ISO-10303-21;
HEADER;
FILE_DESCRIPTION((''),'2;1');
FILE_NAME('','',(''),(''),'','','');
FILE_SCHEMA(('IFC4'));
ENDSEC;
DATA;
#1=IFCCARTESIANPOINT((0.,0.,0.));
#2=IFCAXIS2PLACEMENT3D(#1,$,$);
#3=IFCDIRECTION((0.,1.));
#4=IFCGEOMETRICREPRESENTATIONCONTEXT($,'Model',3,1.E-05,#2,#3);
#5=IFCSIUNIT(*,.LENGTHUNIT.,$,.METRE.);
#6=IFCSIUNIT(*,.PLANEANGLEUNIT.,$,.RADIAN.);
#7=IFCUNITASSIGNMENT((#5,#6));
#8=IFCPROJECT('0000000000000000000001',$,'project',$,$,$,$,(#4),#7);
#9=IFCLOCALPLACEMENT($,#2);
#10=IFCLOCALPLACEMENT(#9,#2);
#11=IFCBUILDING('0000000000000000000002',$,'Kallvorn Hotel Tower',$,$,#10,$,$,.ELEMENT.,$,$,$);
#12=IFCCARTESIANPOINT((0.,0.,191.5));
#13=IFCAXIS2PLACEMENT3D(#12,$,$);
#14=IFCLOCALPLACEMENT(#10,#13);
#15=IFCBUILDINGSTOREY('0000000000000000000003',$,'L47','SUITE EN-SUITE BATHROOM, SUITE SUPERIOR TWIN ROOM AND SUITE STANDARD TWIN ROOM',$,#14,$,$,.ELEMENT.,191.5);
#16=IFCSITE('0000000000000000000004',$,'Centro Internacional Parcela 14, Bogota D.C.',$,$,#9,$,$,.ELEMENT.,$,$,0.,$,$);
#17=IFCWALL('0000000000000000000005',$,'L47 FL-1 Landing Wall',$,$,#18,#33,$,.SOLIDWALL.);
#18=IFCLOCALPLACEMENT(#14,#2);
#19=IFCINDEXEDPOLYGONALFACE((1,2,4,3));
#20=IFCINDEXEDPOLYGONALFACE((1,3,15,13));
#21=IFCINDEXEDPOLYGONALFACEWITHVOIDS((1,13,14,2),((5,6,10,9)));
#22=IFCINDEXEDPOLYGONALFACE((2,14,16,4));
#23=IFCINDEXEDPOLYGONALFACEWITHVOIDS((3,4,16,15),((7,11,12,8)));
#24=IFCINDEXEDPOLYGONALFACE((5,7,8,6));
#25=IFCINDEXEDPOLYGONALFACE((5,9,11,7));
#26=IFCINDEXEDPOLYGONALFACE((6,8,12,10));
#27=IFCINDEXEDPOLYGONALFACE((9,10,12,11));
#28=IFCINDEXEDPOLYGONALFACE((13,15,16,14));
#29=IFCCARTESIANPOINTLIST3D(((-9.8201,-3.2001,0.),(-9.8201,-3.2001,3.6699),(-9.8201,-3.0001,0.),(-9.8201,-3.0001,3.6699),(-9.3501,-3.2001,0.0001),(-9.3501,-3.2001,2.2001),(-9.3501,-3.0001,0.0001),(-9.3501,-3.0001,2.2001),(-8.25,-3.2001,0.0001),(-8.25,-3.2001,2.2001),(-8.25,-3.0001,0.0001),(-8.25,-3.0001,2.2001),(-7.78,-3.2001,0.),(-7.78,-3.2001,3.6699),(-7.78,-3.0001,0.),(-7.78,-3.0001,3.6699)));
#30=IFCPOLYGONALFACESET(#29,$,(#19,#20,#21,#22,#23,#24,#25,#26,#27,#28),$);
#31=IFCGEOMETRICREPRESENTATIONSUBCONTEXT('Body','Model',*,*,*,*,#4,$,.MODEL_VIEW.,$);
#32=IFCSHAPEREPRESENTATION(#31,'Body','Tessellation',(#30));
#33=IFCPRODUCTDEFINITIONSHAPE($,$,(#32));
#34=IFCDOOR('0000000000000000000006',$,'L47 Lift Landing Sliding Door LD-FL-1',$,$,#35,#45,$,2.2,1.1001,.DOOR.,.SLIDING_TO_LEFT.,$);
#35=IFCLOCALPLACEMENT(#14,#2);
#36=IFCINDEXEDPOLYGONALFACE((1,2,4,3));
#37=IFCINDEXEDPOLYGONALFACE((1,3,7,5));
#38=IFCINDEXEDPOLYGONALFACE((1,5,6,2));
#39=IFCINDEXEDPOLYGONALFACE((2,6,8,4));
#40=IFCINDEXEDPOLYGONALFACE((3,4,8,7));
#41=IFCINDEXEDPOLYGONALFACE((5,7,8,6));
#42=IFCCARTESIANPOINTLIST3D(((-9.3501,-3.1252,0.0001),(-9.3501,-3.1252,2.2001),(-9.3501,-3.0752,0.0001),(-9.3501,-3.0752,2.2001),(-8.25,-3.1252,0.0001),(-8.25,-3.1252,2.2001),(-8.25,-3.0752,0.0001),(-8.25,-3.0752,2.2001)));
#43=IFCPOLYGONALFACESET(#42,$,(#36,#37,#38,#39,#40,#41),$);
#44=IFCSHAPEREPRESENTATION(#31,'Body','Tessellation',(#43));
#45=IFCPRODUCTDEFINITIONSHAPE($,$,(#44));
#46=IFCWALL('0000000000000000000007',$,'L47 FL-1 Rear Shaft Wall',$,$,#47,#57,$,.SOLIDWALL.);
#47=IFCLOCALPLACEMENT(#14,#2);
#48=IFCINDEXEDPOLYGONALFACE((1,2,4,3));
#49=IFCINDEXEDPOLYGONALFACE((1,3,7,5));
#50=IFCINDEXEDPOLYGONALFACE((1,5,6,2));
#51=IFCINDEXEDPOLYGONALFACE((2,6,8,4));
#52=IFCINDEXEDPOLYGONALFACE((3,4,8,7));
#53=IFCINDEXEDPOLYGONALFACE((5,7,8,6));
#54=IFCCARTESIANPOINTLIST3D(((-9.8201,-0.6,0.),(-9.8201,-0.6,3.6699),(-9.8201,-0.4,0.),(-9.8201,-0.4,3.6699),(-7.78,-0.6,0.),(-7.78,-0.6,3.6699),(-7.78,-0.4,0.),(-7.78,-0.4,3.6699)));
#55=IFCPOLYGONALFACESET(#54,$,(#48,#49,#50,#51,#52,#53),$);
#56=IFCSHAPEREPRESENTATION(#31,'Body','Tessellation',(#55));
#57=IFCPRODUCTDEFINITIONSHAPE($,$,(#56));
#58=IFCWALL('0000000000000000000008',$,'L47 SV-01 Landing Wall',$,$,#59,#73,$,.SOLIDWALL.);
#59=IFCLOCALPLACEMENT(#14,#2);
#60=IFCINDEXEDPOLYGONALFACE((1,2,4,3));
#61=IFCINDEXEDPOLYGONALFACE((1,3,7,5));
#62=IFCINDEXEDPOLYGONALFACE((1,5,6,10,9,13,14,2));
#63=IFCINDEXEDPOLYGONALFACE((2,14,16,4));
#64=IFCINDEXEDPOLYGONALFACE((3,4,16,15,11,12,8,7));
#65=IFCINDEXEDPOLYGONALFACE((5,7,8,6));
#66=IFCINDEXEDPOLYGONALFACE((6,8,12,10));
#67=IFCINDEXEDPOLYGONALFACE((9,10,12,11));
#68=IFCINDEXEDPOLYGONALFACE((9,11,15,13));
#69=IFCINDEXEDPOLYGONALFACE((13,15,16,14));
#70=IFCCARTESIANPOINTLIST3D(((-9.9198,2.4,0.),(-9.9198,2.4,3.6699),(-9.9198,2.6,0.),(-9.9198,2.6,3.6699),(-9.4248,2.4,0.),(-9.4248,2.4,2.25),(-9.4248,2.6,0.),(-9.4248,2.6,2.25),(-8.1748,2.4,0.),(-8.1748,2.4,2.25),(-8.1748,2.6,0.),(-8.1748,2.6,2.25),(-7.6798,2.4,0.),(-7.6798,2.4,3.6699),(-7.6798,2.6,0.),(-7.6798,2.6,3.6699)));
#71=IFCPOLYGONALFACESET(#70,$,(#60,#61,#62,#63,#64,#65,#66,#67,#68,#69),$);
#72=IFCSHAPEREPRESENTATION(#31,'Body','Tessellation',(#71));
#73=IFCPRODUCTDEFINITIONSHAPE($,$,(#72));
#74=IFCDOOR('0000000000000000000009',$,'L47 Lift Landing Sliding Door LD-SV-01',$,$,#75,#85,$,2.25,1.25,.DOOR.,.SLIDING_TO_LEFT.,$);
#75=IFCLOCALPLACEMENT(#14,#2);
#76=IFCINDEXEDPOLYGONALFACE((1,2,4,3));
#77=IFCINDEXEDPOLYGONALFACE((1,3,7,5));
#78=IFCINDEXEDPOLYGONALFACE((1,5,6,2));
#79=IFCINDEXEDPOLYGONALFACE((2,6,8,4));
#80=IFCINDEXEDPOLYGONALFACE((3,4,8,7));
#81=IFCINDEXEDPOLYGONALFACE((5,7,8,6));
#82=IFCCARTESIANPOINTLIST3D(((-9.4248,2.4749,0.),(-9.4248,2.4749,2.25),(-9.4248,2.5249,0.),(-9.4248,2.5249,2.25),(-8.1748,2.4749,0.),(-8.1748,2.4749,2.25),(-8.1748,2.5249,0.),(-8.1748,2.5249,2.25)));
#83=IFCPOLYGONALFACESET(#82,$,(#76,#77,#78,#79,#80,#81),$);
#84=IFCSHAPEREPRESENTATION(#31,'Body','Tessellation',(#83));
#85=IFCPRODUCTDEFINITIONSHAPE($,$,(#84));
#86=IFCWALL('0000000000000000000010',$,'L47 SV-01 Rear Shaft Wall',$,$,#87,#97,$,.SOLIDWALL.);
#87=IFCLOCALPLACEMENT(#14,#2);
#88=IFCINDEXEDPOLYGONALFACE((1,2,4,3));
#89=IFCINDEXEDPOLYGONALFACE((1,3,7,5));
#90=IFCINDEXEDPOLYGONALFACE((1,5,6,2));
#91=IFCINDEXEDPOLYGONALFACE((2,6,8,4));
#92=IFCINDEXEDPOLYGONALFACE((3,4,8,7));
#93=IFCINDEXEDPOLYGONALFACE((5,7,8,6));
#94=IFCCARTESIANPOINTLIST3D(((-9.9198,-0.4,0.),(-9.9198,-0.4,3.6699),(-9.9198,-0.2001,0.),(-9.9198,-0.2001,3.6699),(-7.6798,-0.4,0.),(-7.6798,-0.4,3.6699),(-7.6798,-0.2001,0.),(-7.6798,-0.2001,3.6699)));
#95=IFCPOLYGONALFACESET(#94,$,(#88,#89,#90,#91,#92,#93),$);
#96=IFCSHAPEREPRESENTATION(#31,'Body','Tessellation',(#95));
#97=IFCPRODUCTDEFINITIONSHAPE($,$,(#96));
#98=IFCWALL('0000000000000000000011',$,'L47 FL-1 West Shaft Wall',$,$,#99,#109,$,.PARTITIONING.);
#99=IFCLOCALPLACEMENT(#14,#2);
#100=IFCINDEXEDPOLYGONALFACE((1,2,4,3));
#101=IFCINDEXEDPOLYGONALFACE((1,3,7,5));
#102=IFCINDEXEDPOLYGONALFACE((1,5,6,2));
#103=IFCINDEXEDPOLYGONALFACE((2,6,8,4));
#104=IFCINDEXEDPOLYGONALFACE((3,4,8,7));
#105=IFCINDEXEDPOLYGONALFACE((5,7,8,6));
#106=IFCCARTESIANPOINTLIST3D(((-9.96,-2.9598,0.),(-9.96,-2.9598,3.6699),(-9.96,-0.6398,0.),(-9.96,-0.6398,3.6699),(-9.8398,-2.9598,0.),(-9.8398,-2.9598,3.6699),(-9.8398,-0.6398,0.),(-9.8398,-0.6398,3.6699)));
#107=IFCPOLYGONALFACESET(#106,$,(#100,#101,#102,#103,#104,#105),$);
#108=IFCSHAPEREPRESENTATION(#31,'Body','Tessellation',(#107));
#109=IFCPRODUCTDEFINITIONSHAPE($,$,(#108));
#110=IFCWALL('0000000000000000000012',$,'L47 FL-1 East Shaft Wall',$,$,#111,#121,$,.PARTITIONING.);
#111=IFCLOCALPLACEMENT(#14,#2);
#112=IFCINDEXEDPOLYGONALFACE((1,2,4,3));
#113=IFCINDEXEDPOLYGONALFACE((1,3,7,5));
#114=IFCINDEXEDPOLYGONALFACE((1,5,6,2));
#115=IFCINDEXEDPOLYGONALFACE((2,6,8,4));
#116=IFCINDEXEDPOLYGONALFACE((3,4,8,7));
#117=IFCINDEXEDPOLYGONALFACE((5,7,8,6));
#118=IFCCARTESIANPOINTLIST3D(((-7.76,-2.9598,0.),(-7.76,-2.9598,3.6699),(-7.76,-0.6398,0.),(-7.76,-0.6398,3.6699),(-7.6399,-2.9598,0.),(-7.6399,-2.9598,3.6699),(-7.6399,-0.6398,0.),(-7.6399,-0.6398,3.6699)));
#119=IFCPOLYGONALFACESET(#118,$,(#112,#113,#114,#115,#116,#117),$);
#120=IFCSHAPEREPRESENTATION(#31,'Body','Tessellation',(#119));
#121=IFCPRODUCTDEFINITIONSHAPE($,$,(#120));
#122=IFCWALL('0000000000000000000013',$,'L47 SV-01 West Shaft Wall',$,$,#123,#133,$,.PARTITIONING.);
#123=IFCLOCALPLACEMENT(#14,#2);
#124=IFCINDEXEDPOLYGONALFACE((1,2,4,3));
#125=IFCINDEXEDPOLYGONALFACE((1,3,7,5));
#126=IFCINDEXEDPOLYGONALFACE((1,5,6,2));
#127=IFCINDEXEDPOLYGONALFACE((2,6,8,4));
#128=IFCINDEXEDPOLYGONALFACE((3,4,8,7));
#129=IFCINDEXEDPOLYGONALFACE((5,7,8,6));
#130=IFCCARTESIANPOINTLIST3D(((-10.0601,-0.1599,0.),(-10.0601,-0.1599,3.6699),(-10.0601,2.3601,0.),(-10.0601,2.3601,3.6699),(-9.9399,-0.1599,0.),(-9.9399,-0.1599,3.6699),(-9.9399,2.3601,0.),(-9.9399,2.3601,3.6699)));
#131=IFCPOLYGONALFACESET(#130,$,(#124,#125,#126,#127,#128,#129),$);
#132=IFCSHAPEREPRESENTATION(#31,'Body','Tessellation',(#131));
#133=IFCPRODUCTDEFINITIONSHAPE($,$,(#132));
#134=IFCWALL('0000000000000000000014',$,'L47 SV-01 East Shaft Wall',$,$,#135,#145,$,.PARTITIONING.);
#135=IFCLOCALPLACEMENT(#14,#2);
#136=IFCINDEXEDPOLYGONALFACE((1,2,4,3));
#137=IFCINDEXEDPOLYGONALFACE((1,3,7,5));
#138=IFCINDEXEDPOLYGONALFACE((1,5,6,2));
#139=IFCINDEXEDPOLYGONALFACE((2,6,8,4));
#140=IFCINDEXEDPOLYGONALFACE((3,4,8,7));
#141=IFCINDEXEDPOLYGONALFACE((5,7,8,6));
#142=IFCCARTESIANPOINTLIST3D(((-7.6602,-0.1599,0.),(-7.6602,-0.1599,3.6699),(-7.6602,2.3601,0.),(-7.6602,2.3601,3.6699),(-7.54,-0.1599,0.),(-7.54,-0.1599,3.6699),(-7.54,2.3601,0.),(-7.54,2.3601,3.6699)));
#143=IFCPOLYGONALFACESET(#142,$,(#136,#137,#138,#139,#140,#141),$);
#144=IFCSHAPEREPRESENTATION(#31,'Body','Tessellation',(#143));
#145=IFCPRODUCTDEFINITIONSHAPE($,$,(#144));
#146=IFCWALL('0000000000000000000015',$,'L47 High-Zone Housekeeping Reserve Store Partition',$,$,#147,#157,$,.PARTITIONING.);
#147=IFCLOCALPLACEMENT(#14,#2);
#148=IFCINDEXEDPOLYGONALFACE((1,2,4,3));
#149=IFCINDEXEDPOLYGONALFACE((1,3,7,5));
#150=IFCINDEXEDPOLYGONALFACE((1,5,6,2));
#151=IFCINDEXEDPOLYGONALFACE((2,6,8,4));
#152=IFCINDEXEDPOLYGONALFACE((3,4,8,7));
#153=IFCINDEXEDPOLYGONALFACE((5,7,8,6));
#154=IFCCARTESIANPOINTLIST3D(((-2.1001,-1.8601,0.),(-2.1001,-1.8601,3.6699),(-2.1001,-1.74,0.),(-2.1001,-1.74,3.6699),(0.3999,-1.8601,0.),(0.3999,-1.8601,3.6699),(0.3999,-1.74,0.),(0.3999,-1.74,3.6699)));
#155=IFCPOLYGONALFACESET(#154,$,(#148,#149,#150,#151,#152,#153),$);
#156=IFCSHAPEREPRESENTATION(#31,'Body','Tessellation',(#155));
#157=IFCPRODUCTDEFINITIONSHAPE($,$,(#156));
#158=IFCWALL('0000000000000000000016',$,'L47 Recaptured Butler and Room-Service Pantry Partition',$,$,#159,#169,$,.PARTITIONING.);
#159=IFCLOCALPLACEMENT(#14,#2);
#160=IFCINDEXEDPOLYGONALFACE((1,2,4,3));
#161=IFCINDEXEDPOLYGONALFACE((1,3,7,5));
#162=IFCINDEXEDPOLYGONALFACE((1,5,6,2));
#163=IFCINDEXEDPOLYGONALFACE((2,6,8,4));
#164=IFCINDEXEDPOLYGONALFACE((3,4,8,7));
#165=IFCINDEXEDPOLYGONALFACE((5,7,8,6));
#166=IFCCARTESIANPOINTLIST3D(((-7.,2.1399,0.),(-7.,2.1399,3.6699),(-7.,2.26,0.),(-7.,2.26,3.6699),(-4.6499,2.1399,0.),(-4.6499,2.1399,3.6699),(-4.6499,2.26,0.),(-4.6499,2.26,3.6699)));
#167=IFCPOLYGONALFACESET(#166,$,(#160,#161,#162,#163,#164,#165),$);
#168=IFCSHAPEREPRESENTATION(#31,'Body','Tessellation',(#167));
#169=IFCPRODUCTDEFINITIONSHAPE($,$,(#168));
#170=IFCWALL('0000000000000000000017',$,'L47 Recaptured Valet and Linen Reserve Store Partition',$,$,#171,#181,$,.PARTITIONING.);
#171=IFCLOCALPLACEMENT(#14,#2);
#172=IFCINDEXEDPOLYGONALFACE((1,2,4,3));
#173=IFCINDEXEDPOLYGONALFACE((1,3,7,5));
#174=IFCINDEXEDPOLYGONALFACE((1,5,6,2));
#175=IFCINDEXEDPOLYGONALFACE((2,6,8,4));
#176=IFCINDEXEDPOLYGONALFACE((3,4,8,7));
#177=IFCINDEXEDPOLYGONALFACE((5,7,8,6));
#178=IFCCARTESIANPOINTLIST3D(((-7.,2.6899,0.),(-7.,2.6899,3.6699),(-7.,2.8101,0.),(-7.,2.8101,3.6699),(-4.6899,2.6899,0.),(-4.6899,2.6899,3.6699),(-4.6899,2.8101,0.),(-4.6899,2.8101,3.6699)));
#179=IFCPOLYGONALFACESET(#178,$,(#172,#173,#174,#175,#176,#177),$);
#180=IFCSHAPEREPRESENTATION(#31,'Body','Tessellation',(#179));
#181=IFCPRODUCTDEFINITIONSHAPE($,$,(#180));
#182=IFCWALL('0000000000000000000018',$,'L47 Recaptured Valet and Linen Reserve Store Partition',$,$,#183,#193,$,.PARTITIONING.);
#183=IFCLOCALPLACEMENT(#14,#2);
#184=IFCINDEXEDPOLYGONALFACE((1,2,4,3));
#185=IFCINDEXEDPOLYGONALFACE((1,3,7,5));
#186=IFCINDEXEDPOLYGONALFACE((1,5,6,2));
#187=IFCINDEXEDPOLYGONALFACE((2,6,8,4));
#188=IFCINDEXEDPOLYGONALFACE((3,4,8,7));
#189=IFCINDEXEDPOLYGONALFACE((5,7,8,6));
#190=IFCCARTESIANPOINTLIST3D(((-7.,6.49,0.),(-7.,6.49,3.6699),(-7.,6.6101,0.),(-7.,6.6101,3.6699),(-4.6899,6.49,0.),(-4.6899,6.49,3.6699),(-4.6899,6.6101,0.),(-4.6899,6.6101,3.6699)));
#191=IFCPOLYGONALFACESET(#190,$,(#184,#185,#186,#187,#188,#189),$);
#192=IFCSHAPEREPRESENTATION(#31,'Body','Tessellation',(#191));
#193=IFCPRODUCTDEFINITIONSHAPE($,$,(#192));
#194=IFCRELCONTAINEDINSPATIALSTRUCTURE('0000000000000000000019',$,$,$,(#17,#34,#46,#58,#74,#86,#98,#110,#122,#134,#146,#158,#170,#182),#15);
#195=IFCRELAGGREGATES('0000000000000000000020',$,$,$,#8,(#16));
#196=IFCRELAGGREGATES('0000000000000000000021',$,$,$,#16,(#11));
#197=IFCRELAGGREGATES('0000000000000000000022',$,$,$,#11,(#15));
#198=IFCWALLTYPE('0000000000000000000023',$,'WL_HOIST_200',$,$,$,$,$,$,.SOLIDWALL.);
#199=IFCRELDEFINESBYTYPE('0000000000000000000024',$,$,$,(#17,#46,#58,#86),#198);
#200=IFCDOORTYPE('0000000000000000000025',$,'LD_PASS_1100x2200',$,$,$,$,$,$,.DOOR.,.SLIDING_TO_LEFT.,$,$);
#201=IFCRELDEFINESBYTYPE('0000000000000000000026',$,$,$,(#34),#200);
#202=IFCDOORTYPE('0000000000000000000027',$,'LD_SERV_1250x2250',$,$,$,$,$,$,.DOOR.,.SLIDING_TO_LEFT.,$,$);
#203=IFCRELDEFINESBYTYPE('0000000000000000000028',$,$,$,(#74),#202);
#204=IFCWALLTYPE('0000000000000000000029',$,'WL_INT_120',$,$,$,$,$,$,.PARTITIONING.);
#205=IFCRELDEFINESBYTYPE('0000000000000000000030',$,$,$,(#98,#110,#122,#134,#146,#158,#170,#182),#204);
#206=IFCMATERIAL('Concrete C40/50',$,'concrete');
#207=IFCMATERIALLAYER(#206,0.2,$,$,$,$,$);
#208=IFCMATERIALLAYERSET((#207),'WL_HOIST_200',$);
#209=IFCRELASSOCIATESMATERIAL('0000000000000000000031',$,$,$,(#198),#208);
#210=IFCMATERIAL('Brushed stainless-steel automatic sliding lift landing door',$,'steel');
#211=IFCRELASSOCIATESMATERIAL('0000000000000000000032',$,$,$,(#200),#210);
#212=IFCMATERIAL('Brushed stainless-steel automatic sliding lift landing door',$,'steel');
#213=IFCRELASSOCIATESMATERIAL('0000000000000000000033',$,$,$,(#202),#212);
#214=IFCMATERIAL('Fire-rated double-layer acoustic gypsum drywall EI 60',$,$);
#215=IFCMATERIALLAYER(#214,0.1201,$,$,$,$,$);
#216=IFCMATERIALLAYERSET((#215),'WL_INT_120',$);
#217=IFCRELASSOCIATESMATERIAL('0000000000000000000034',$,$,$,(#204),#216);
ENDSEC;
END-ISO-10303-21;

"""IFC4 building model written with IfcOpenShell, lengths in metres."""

from ifc_helpers import new_model, si_unit, direction, frame, frame_2d, origin, place, context, subcontext, project, spatial, rectangle, extrude, material, layer, layer_set, type_object, element, fill, save


model = new_model("IFC4")

# Units and contexts
model_context = context("Model", 3, precision=1e-05, world=origin(), true_north=direction((0.0, 1.0)))
body_context = subcontext(model_context, "Body", "Model", "MODEL_VIEW")
ifc_project = project(units=[si_unit("LENGTHUNIT", "METRE"), si_unit("PLANEANGLEUNIT", "RADIAN")], contexts=[model_context])

# Site, building, storey
site_placement = place(None, origin())
site = spatial("IfcSite", under=ifc_project, at=site_placement, Name="Centro Internacional Parcela 14, Bogota D.C.", CompositionType="ELEMENT", RefElevation=0.0)
building_placement = place(site_placement, origin())
building = spatial("IfcBuilding", under=site, at=building_placement, Name="Kallvorn Hotel Tower", CompositionType="ELEMENT")
storey_placement = place(building_placement, frame((0.0, 0.0, 191.5)))
storey = spatial("IfcBuildingStorey", under=building, at=storey_placement, Name="L47", Description="SUITE EN-SUITE BATHROOM, SUITE SUPERIOR TWIN ROOM AND SUITE STANDARD TWIN ROOM", CompositionType="ELEMENT", Elevation=191.5)

# Shared definitions
ifc_material_1 = material(Name="Concrete C40/50", Category="concrete")
ifc_layer_1 = layer(ifc_material_1, 0.2)
ifc_layer_set_1 = layer_set([ifc_layer_1], Name="WL_HOIST_200")
wall_type_1 = type_object("IfcWallType", Name="WL_HOIST_200", PredefinedType="SOLIDWALL", material=ifc_layer_set_1)

# Wall, opening, door
wall_1_placement = place(storey_placement, frame((-9.8201, -3.1001, 0.0), z_axis=(0.0, 0.0, 1.0), x_axis=(1.0, 0.0, 0.0)))
wall_1 = element("IfcWall", 1, at=wall_1_placement, inside=storey, type_object=wall_type_1, Name="L47 FL-1 Landing Wall", PredefinedType="SOLIDWALL", context=body_context, shape_type="SweptSolid", body=[
    extrude(rectangle(XDim=2.04, YDim=0.2, at=frame_2d((1.02, 0.0))), origin(), (0.0, 0.0, 1.0), 3.6699),
])
opening_1_placement = place(wall_1_placement, frame((0.47, 0.0, 0.0)))
opening_1 = element("IfcOpeningElement", 2, at=opening_1_placement, cuts=wall_1, PredefinedType="OPENING", context=body_context, shape_type="SweptSolid", body=[
    extrude(rectangle(XDim=1.1001, YDim=2.2, at=frame_2d((0.55, 1.1001))), frame((0.0, 0.115, 0.0), z_axis=(0.0, -1.0, 0.0), x_axis=(1.0, 0.0, 0.0)), (0.0, 0.0, 1.0), 0.23),
])
ifc_material_2 = material(Name="Brushed stainless-steel automatic sliding lift landing door", Category="steel")
door_type_1 = type_object("IfcDoorType", Name="LD_PASS_1100x2200", OperationType="SLIDING_TO_LEFT", PredefinedType="DOOR", material=ifc_material_2)
door_1_placement = place(opening_1_placement, origin())
door_1 = element("IfcDoor", 3, at=door_1_placement, inside=storey, type_object=door_type_1, Name="L47 Lift Landing Sliding Door LD-FL-1", OperationType="SLIDING_TO_LEFT", OverallHeight=2.2, OverallWidth=1.1001, PredefinedType="DOOR", context=body_context, shape_type="SweptSolid", body=[
    extrude(rectangle(XDim=1.1001, YDim=2.2, at=frame_2d((0.55, 1.1001))), frame((0.0, 0.0249, 0.0), z_axis=(0.0, -1.0, 0.0), x_axis=(1.0, 0.0, 0.0)), (0.0, 0.0, 1.0), 0.05),
])
fill(opening_1, door_1)

# Wall
wall_2_placement = place(storey_placement, frame((-9.8201, -0.5, 0.0), z_axis=(0.0, 0.0, 1.0), x_axis=(1.0, 0.0, 0.0)))
element("IfcWall", 4, at=wall_2_placement, inside=storey, type_object=wall_type_1, Name="L47 FL-1 Rear Shaft Wall", PredefinedType="SOLIDWALL", context=body_context, shape_type="SweptSolid", body=[
    extrude(rectangle(XDim=2.04, YDim=0.2, at=frame_2d((1.02, 0.0))), origin(), (0.0, 0.0, 1.0), 3.6699),
])

# Wall, opening, door
wall_3_placement = place(storey_placement, frame((-9.9199, 2.5, 0.0), z_axis=(0.0, 0.0, 1.0), x_axis=(1.0, 0.0, 0.0)))
wall_3 = element("IfcWall", 5, at=wall_3_placement, inside=storey, type_object=wall_type_1, Name="L47 SV-01 Landing Wall", PredefinedType="SOLIDWALL", context=body_context, shape_type="SweptSolid", body=[
    extrude(rectangle(XDim=2.24, YDim=0.2, at=frame_2d((1.1201, 0.0))), origin(), (0.0, 0.0, 1.0), 3.6699),
])
opening_2_placement = place(wall_3_placement, frame((0.4951, 0.0, 0.0)))
opening_2 = element("IfcOpeningElement", 6, at=opening_2_placement, cuts=wall_3, PredefinedType="OPENING", context=body_context, shape_type="SweptSolid", body=[
    extrude(rectangle(XDim=1.25, YDim=2.25, at=frame_2d((0.625, 1.125))), frame((0.0, 0.115, 0.0), z_axis=(0.0, -1.0, 0.0), x_axis=(1.0, 0.0, 0.0)), (0.0, 0.0, 1.0), 0.23),
])
ifc_material_3 = material(Name="Brushed stainless-steel automatic sliding lift landing door", Category="steel")
door_type_2 = type_object("IfcDoorType", Name="LD_SERV_1250x2250", OperationType="SLIDING_TO_LEFT", PredefinedType="DOOR", material=ifc_material_3)
door_2_placement = place(opening_2_placement, origin())
door_2 = element("IfcDoor", 7, at=door_2_placement, inside=storey, type_object=door_type_2, Name="L47 Lift Landing Sliding Door LD-SV-01", OperationType="SLIDING_TO_LEFT", OverallHeight=2.25, OverallWidth=1.25, PredefinedType="DOOR", context=body_context, shape_type="SweptSolid", body=[
    extrude(rectangle(XDim=1.25, YDim=2.25, at=frame_2d((0.625, 1.125))), frame((0.0, 0.0249, 0.0), z_axis=(0.0, -1.0, 0.0), x_axis=(1.0, 0.0, 0.0)), (0.0, 0.0, 1.0), 0.05),
])
fill(opening_2, door_2)

# Walls
wall_4_placement = place(storey_placement, frame((-9.9199, -0.3, 0.0), z_axis=(0.0, 0.0, 1.0), x_axis=(1.0, 0.0, 0.0)))
element("IfcWall", 8, at=wall_4_placement, inside=storey, type_object=wall_type_1, Name="L47 SV-01 Rear Shaft Wall", PredefinedType="SOLIDWALL", context=body_context, shape_type="SweptSolid", body=[
    extrude(rectangle(XDim=2.24, YDim=0.2, at=frame_2d((1.1201, 0.0))), origin(), (0.0, 0.0, 1.0), 3.6699),
])
ifc_material_4 = material(Name="Fire-rated double-layer acoustic gypsum drywall EI 60")
ifc_layer_2 = layer(ifc_material_4, 0.1201)
ifc_layer_set_2 = layer_set([ifc_layer_2], Name="WL_INT_120")
wall_type_2 = type_object("IfcWallType", Name="WL_INT_120", PredefinedType="PARTITIONING", material=ifc_layer_set_2)
for number, where, z_axis, x_axis, name in (
    (9, (-9.8999, -2.96, 0.0), (0.0, 0.0, 1.0), (0.0, 1.0, 0.0), "L47 FL-1 West Shaft Wall"),
    (10, (-7.7, -2.96, 0.0), (0.0, 0.0, 1.0), (0.0, 1.0, 0.0), "L47 FL-1 East Shaft Wall"),
):
    element("IfcWall", number, at=place(storey_placement, frame(where, z_axis=z_axis, x_axis=x_axis)), inside=storey, type_object=wall_type_2, Name=name, PredefinedType="PARTITIONING", context=body_context, shape_type="SweptSolid", body=[
        extrude(rectangle(XDim=2.3201, YDim=0.1201, at=frame_2d((1.1602, 0.0))), origin(), (0.0, 0.0, 1.0), 3.6699),
    ])
for number, where, z_axis, x_axis, name in (
    (11, (-10.0, -0.1599, 0.0), (0.0, 0.0, 1.0), (0.0, 1.0, 0.0), "L47 SV-01 West Shaft Wall"),
    (12, (-7.6001, -0.1599, 0.0), (0.0, 0.0, 1.0), (0.0, 1.0, 0.0), "L47 SV-01 East Shaft Wall"),
):
    element("IfcWall", number, at=place(storey_placement, frame(where, z_axis=z_axis, x_axis=x_axis)), inside=storey, type_object=wall_type_2, Name=name, PredefinedType="PARTITIONING", context=body_context, shape_type="SweptSolid", body=[
        extrude(rectangle(XDim=2.52, YDim=0.1201, at=frame_2d((1.26, 0.0))), origin(), (0.0, 0.0, 1.0), 3.6699),
    ])
wall_5_placement = place(storey_placement, frame((-2.1001, -1.8, 0.0), z_axis=(0.0, 0.0, 1.0), x_axis=(1.0, 0.0, 0.0)))
element("IfcWall", 13, at=wall_5_placement, inside=storey, type_object=wall_type_2, Name="L47 High-Zone Housekeeping Reserve Store Partition", PredefinedType="PARTITIONING", context=body_context, shape_type="SweptSolid", body=[
    extrude(rectangle(XDim=2.5, YDim=0.1201, at=frame_2d((1.25, 0.0))), origin(), (0.0, 0.0, 1.0), 3.6699),
])
wall_6_placement = place(storey_placement, frame((-7.0, 2.2, 0.0), z_axis=(0.0, 0.0, 1.0), x_axis=(1.0, 0.0, 0.0)))
element("IfcWall", 14, at=wall_6_placement, inside=storey, type_object=wall_type_2, Name="L47 Recaptured Butler and Room-Service Pantry Partition", PredefinedType="PARTITIONING", context=body_context, shape_type="SweptSolid", body=[
    extrude(rectangle(XDim=2.3501, YDim=0.1201, at=frame_2d((1.175, 0.0))), origin(), (0.0, 0.0, 1.0), 3.6699),
])
for number, where, z_axis, x_axis, name in (
    (15, (-7.0, 2.75, 0.0), (0.0, 0.0, 1.0), (1.0, 0.0, 0.0), "L47 Recaptured Valet and Linen Reserve Store Partition"),
    (16, (-7.0, 6.55, 0.0), (0.0, 0.0, 1.0), (1.0, 0.0, 0.0), "L47 Recaptured Valet and Linen Reserve Store Partition"),
):
    element("IfcWall", number, at=place(storey_placement, frame(where, z_axis=z_axis, x_axis=x_axis)), inside=storey, type_object=wall_type_2, Name=name, PredefinedType="PARTITIONING", context=body_context, shape_type="SweptSolid", body=[
        extrude(rectangle(XDim=2.3101, YDim=0.1201, at=frame_2d((1.155, 0.0))), origin(), (0.0, 0.0, 1.0), 3.6699),
    ])

save(model, "model.ifc")
